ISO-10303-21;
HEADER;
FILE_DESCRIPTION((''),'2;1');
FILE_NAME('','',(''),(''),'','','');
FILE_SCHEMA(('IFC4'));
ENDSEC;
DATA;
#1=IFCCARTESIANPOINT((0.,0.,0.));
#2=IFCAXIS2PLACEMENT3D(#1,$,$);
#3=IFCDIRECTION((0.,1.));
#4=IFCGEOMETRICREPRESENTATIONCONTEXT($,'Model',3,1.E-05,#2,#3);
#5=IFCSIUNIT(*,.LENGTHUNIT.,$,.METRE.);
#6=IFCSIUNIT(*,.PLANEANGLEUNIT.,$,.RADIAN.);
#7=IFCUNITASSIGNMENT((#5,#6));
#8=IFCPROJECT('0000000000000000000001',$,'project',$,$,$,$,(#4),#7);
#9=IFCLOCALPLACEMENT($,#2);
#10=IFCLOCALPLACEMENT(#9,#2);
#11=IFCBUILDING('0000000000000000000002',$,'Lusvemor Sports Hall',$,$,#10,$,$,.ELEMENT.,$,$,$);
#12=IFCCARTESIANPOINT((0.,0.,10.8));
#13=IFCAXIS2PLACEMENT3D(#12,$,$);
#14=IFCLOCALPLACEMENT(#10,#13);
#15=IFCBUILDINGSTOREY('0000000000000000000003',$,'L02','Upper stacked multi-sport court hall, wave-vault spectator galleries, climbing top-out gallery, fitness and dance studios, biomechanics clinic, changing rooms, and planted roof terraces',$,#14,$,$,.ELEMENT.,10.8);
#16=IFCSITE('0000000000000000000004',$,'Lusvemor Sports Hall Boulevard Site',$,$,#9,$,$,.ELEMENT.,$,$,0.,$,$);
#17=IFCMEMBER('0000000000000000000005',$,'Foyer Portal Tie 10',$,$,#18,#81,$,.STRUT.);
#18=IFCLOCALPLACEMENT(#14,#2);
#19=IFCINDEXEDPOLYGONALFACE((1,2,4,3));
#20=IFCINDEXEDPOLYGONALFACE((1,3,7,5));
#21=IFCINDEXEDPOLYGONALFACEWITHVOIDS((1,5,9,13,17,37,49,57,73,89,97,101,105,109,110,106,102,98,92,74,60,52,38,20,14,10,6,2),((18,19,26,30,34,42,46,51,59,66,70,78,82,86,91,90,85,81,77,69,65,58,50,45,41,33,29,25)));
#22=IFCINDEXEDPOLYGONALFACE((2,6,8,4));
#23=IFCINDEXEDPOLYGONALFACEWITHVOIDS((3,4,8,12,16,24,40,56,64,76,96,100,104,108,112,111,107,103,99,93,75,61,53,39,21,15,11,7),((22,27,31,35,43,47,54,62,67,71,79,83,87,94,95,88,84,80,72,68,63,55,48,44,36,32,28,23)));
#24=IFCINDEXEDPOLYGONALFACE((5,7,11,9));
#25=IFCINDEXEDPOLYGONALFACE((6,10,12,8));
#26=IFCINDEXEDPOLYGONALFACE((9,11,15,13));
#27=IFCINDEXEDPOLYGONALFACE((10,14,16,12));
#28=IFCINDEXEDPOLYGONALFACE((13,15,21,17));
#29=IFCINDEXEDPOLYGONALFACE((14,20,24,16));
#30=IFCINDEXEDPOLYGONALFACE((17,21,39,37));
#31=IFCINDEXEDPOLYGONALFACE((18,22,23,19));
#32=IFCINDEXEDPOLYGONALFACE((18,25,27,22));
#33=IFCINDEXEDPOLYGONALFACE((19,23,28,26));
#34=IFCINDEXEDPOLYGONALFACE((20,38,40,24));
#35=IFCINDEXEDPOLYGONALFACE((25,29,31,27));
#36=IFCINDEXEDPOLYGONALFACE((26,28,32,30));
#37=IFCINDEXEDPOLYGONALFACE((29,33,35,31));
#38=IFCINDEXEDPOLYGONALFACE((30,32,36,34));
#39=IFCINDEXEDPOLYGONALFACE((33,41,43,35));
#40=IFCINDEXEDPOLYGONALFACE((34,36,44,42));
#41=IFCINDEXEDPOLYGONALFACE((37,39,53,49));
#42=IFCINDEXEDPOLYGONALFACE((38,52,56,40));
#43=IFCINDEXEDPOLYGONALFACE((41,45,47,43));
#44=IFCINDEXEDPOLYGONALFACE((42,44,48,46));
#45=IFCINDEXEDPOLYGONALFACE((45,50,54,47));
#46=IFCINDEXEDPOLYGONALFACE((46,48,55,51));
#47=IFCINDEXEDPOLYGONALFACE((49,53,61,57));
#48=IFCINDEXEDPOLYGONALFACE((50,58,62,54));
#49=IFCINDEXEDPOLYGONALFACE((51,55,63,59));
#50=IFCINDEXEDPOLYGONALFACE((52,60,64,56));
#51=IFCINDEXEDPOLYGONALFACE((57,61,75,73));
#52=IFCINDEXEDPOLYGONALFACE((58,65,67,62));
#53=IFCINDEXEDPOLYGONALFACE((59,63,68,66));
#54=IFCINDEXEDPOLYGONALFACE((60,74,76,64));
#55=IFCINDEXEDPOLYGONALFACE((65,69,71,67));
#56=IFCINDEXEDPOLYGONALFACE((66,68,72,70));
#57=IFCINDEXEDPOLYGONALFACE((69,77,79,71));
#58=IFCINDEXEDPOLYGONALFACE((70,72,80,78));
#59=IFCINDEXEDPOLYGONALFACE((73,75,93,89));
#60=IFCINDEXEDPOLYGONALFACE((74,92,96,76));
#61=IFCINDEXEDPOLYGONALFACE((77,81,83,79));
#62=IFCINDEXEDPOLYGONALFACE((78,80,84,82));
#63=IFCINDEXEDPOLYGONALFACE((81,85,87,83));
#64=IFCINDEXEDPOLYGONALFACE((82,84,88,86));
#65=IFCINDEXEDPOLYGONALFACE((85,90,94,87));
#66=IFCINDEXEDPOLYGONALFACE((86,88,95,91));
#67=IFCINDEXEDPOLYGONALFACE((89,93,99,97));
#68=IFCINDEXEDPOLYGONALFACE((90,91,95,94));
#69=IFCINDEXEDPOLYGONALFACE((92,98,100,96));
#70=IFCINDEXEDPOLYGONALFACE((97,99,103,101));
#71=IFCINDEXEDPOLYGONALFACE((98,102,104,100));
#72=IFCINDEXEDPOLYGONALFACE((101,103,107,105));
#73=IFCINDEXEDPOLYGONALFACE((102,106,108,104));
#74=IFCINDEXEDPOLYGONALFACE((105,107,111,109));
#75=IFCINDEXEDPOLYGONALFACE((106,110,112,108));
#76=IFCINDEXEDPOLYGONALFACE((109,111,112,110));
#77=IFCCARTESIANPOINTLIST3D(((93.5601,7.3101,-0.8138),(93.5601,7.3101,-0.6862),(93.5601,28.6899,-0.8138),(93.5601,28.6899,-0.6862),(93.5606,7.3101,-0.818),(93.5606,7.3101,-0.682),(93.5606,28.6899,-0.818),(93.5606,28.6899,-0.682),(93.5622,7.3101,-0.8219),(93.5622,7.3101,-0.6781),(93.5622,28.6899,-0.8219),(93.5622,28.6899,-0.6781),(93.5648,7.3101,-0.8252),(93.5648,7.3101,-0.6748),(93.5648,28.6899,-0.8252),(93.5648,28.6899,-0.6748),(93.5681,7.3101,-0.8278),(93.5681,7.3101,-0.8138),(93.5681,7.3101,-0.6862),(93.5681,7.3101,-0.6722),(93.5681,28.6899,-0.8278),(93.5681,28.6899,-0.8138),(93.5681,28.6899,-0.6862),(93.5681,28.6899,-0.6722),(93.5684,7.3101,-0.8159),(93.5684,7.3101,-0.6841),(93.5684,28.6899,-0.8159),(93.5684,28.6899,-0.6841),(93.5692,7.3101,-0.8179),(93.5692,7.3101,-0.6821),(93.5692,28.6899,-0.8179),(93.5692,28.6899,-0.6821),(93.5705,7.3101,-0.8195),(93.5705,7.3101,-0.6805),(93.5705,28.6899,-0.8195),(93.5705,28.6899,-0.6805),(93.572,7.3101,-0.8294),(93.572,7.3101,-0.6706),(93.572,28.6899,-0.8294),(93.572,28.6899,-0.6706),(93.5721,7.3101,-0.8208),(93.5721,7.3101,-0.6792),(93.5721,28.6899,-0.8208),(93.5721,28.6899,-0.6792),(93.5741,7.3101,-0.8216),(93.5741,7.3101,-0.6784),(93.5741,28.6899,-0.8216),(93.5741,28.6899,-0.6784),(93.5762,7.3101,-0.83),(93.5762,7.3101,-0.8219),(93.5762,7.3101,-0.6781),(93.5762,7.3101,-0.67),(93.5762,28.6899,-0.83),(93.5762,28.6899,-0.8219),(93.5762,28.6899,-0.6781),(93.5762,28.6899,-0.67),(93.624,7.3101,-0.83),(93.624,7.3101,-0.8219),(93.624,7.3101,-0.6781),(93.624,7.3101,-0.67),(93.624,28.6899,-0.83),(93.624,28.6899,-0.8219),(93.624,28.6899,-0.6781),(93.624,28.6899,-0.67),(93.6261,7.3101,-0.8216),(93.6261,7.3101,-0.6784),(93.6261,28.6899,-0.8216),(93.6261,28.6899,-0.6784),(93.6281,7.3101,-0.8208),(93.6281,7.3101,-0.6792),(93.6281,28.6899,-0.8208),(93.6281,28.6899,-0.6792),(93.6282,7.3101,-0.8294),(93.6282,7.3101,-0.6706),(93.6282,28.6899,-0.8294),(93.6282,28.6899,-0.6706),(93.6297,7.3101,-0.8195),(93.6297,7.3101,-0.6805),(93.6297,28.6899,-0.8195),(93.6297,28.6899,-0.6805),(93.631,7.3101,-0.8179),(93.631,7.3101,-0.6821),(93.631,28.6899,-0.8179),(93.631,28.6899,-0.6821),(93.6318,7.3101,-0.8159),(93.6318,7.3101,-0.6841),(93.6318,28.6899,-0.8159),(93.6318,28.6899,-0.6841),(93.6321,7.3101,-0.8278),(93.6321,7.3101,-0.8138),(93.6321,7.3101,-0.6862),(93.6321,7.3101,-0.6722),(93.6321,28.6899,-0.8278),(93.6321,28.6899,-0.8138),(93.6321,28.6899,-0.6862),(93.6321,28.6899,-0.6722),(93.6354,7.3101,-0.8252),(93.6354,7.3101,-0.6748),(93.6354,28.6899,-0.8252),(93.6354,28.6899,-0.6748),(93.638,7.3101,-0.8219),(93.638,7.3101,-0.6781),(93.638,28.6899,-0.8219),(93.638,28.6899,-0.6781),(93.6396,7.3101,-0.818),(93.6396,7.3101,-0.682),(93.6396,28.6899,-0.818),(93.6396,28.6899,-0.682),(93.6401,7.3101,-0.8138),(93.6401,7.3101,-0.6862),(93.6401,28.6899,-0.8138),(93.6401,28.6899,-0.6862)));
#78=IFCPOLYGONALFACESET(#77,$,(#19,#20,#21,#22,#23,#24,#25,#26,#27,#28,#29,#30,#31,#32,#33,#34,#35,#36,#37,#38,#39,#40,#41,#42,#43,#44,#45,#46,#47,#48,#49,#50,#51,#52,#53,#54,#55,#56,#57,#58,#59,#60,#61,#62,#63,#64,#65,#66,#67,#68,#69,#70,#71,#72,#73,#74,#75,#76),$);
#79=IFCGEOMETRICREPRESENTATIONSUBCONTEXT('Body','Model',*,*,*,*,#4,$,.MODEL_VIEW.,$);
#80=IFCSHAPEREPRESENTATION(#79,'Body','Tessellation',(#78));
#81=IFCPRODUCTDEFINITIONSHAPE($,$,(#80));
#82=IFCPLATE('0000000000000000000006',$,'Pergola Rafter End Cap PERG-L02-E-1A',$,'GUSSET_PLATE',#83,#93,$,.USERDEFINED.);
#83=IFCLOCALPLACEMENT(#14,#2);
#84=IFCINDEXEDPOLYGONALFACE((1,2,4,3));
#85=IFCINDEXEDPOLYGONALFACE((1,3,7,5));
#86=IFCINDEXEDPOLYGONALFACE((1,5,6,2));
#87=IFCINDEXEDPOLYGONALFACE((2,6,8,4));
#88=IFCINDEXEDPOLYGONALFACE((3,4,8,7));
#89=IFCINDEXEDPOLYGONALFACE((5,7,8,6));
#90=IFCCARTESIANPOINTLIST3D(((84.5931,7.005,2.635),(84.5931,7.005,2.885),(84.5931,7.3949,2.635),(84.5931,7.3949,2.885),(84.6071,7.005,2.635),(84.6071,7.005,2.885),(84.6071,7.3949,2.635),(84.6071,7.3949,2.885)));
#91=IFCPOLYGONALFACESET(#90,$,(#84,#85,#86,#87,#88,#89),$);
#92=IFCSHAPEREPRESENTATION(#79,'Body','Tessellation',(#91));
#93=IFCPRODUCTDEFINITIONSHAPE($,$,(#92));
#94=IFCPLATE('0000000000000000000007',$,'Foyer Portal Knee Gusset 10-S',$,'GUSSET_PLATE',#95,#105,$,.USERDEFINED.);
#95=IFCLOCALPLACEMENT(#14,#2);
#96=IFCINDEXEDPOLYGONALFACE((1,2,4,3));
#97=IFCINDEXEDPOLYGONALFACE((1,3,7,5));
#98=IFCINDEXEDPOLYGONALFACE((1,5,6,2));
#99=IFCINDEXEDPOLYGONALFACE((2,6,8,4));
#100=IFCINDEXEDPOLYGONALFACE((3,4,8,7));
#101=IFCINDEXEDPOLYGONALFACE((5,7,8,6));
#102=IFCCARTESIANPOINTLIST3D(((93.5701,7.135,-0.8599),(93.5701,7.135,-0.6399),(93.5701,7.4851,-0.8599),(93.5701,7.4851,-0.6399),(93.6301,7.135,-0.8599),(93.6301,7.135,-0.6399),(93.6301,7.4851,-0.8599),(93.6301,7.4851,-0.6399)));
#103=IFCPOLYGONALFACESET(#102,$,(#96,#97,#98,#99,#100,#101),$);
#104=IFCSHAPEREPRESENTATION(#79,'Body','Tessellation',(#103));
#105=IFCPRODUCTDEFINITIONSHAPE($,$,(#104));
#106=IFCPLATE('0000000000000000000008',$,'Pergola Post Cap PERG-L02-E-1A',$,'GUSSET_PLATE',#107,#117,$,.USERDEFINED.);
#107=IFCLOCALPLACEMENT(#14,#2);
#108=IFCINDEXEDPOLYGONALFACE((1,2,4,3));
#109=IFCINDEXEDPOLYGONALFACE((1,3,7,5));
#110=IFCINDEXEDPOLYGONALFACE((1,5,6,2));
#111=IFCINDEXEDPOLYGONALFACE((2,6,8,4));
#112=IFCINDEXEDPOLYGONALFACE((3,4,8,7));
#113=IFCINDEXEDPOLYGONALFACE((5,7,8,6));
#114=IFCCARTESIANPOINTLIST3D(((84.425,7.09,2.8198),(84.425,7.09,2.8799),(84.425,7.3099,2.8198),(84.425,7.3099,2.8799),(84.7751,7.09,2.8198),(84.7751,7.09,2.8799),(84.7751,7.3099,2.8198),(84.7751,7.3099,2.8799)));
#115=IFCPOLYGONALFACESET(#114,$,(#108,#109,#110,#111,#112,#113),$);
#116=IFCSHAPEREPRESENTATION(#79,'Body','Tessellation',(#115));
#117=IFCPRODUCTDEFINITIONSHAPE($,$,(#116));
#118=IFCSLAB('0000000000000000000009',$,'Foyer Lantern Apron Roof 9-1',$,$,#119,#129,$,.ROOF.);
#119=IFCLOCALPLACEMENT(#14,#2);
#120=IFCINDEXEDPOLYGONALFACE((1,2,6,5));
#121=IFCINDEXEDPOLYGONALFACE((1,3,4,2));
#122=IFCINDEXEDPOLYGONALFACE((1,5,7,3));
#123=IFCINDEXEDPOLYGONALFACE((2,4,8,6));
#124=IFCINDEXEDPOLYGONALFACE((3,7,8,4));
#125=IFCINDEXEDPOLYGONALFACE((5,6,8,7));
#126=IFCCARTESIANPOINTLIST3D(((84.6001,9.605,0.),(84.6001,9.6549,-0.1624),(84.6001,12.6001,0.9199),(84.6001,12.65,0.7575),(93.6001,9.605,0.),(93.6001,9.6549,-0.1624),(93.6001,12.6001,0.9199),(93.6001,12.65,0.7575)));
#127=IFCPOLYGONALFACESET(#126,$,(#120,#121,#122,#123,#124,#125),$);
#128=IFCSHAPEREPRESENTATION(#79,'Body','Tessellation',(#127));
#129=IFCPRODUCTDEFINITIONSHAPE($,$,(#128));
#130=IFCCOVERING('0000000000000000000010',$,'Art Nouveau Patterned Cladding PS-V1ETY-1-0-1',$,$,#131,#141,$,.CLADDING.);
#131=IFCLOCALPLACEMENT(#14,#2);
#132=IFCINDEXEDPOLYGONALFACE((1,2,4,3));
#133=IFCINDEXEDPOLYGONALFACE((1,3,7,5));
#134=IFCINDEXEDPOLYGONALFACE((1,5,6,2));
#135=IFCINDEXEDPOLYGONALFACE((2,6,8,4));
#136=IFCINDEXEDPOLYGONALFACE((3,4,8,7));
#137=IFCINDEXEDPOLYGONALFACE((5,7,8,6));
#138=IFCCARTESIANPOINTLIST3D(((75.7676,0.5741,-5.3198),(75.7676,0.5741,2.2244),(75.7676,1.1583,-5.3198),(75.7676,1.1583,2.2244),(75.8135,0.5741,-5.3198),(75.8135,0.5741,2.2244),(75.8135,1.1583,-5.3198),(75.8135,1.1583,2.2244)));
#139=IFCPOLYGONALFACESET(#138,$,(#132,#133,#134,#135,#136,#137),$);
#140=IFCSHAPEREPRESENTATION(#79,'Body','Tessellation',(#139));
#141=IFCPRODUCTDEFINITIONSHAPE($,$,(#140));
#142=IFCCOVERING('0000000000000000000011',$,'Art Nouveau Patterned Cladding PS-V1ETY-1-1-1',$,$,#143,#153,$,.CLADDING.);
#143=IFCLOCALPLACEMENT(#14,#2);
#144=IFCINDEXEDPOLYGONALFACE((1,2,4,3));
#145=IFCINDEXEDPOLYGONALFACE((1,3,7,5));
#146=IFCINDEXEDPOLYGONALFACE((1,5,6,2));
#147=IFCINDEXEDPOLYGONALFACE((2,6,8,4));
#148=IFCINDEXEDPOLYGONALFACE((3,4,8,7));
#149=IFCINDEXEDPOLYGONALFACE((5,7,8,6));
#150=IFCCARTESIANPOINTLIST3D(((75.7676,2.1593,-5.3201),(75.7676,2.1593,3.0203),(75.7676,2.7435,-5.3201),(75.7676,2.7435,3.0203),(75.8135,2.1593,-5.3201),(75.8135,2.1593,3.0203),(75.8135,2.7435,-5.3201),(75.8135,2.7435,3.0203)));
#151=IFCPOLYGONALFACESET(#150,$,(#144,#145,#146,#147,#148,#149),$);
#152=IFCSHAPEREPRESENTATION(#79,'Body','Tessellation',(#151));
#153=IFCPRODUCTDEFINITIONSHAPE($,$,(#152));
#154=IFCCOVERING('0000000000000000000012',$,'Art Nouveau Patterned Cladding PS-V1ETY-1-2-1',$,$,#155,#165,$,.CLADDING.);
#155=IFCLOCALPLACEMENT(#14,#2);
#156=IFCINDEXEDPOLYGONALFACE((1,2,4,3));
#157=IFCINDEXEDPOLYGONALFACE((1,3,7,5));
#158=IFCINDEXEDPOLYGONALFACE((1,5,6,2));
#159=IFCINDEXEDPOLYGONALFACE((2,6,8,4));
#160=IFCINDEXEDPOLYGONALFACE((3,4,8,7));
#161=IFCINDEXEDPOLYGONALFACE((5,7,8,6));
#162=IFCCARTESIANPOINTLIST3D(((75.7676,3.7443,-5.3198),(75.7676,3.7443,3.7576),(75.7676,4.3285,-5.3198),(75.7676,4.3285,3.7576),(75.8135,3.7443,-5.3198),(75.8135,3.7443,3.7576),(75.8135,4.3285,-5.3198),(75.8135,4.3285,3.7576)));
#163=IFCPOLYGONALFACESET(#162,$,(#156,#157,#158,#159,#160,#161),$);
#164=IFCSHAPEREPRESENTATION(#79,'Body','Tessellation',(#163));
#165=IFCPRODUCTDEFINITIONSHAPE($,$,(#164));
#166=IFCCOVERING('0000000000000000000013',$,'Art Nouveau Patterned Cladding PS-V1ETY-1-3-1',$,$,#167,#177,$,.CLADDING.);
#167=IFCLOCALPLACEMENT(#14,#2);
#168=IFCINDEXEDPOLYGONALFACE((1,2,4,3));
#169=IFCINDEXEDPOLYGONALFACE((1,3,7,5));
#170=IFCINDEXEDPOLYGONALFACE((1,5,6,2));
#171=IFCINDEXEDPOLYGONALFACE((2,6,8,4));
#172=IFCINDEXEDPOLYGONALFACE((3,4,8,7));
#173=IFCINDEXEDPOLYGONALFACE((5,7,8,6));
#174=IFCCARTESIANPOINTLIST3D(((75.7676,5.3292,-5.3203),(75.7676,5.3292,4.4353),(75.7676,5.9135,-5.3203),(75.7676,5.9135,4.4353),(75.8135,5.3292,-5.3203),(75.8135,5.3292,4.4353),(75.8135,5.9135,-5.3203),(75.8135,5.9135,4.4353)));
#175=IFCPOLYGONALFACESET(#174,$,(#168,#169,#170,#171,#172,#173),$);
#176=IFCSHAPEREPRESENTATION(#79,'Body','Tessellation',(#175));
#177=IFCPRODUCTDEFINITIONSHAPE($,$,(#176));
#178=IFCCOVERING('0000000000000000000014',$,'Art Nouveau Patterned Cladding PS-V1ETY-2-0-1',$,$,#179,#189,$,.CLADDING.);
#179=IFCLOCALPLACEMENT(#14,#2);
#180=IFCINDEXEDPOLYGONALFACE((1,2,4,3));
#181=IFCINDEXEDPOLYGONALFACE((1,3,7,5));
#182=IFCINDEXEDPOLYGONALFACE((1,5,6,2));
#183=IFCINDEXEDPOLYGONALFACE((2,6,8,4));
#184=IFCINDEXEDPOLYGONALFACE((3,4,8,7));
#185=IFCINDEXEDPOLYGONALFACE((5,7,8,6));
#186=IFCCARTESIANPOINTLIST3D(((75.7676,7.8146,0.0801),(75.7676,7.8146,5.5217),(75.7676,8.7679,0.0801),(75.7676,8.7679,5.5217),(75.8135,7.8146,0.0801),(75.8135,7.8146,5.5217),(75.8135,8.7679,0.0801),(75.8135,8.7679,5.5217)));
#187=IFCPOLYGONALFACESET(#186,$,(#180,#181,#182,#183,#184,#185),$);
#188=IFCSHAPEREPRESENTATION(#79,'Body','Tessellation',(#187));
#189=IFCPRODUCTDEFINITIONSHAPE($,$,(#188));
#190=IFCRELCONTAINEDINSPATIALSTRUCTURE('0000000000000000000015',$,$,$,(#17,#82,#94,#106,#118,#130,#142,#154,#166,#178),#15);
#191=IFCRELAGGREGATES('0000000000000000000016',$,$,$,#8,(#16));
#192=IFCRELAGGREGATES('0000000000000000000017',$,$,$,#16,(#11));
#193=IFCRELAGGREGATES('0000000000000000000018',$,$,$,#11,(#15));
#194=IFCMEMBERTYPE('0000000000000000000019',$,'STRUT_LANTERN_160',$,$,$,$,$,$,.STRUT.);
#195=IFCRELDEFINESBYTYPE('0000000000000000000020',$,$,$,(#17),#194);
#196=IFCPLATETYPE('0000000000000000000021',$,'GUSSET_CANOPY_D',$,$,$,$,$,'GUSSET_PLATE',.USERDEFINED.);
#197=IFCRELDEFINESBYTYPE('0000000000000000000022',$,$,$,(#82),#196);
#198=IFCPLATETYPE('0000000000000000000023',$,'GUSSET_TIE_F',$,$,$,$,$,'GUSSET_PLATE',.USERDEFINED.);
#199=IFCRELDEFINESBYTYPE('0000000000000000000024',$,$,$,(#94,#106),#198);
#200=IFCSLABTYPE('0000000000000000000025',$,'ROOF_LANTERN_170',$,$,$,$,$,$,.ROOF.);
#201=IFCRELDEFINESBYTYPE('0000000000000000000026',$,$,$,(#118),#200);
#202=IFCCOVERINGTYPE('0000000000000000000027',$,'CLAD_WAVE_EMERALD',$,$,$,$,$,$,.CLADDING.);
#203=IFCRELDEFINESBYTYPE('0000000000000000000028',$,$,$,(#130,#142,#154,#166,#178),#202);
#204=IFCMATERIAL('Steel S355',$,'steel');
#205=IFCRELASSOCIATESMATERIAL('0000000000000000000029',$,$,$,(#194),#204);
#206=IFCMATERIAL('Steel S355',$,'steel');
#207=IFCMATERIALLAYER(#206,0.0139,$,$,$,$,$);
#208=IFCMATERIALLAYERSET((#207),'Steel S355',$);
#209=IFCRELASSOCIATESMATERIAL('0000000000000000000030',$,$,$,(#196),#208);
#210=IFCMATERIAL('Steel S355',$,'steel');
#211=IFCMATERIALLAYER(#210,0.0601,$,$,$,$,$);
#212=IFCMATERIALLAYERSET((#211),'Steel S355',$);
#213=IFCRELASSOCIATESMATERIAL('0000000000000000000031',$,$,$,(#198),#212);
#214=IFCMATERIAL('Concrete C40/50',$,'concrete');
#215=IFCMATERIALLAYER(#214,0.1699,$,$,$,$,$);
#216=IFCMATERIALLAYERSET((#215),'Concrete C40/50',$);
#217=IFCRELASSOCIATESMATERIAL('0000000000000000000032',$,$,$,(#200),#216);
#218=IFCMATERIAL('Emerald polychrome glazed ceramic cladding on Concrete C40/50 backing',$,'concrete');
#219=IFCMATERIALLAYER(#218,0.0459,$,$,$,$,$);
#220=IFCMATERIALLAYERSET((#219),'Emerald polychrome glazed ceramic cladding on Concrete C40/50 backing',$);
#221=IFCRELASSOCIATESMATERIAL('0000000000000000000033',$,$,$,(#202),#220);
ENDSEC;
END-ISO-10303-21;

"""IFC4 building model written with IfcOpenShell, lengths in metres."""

from ifc_helpers import new_model, si_unit, direction, frame, origin, origin_2d, place, context, subcontext, project, spatial, polyline, rectangle, hollow_rectangle, outline, extrude, material, layer, layer_set, material_profile, profile_set, type_object, element, save


model = new_model("IFC4")

# Units and contexts
model_context = context("Model", 3, precision=1e-05, world=origin(), true_north=direction((0.0, 1.0)))
body_context = subcontext(model_context, "Body", "Model", "MODEL_VIEW")
ifc_project = project(units=[si_unit("LENGTHUNIT", "METRE"), si_unit("PLANEANGLEUNIT", "RADIAN")], contexts=[model_context])

# Site, building, storey
site_placement = place(None, origin())
site = spatial("IfcSite", under=ifc_project, at=site_placement, Name="Lusvemor Sports Hall Boulevard Site", CompositionType="ELEMENT", RefElevation=0.0)
building_placement = place(site_placement, origin())
building = spatial("IfcBuilding", under=site, at=building_placement, Name="Lusvemor Sports Hall", CompositionType="ELEMENT")
storey_placement = place(building_placement, frame((0.0, 0.0, 10.8)))
storey = spatial("IfcBuildingStorey", under=building, at=storey_placement, Name="L02", Description="Upper stacked multi-sport court hall, wave-vault spectator galleries, climbing top-out gallery, fitness and dance studios, biomechanics clinic, changing rooms, and planted roof terraces", CompositionType="ELEMENT", Elevation=10.8)

# Member
ifc_material_1 = material(Name="Steel S355", Category="steel")
ifc_material_profile_1 = material_profile(ifc_material_1, hollow_rectangle(XDim=0.0801, YDim=0.1599, WallThickness=0.0081, InnerFilletRadius=0.0081, OuterFilletRadius=0.0161, at=origin_2d()), Name="RHS160x80x8")
ifc_profile_set_1 = profile_set([ifc_material_profile_1], Name="Steel S355")
member_type_1 = type_object("IfcMemberType", Name="STRUT_LANTERN_160", PredefinedType="STRUT", material=ifc_profile_set_1)
member_1_placement = place(storey_placement, frame((93.6001, 7.3101, -0.75), z_axis=(0.0, 1.0, 0.0), x_axis=(-1.0, 0.0, 0.0)))
element("IfcMember", 1, at=member_1_placement, inside=storey, type_object=member_type_1, Name="Foyer Portal Tie 10", PredefinedType="STRUT", context=body_context, shape_type="SweptSolid", body=[
    extrude(hollow_rectangle(XDim=0.0801, YDim=0.1599, WallThickness=0.0081, InnerFilletRadius=0.0081, OuterFilletRadius=0.0161, at=origin_2d()), origin(), (0.0, 0.0, 1.0), 21.3799),
])

# Plates
ifc_material_2 = material(Name="Steel S355", Category="steel")
ifc_layer_1 = layer(ifc_material_2, 0.0139)
ifc_layer_set_1 = layer_set([ifc_layer_1], Name="Steel S355")
plate_type_1 = type_object("IfcPlateType", Name="GUSSET_CANOPY_D", ElementType="GUSSET_PLATE", PredefinedType="USERDEFINED", material=ifc_layer_set_1)
plate_1_placement = place(storey_placement, frame((84.6001, 7.2, 2.635), z_axis=(0.0, 0.0, 1.0), x_axis=(1.0, 0.0, 0.0)))
element("IfcPlate", 2, at=plate_1_placement, inside=storey, type_object=plate_type_1, Name="Pergola Rafter End Cap PERG-L02-E-1A", ObjectType="GUSSET_PLATE", PredefinedType="USERDEFINED", context=body_context, shape_type="SweptSolid", body=[
    extrude(rectangle(XDim=0.0139, YDim=0.3899, at=origin_2d()), origin(), (0.0, 0.0, 1.0), 0.25),
])
ifc_material_3 = material(Name="Steel S355", Category="steel")
ifc_layer_2 = layer(ifc_material_3, 0.0601)
ifc_layer_set_2 = layer_set([ifc_layer_2], Name="Steel S355")
plate_type_2 = type_object("IfcPlateType", Name="GUSSET_TIE_F", ElementType="GUSSET_PLATE", PredefinedType="USERDEFINED", material=ifc_layer_set_2)
plate_2_placement = place(storey_placement, frame((93.6001, 7.3101, -0.8599), z_axis=(0.0, 0.0, 1.0), x_axis=(1.0, 0.0, 0.0)))
element("IfcPlate", 3, at=plate_2_placement, inside=storey, type_object=plate_type_2, Name="Foyer Portal Knee Gusset 10-S", ObjectType="GUSSET_PLATE", PredefinedType="USERDEFINED", context=body_context, shape_type="SweptSolid", body=[
    extrude(rectangle(XDim=0.0601, YDim=0.3501, at=origin_2d()), origin(), (0.0, 0.0, 1.0), 0.22),
])
plate_3_placement = place(storey_placement, frame((84.6001, 7.2, 2.8198), z_axis=(0.0, 0.0, 1.0), x_axis=(1.0, 0.0, 0.0)))
element("IfcPlate", 4, at=plate_3_placement, inside=storey, type_object=plate_type_2, Name="Pergola Post Cap PERG-L02-E-1A", ObjectType="GUSSET_PLATE", PredefinedType="USERDEFINED", context=body_context, shape_type="SweptSolid", body=[
    extrude(rectangle(XDim=0.3501, YDim=0.22, at=origin_2d()), origin(), (0.0, 0.0, 1.0), 0.0601),
])

# Slab
ifc_material_4 = material(Name="Concrete C40/50", Category="concrete")
ifc_layer_3 = layer(ifc_material_4, 0.1699)
ifc_layer_set_3 = layer_set([ifc_layer_3], Name="Concrete C40/50")
slab_type = type_object("IfcSlabType", Name="ROOF_LANTERN_170", PredefinedType="ROOF", material=ifc_layer_set_3)
slab_placement = place(storey_placement, frame((84.6001, 9.605, 0.0), z_axis=(0.0, -0.293604, 0.955927), x_axis=(1.0, 0.0, 0.0)))
element("IfcSlab", 5, at=slab_placement, inside=storey, type_object=slab_type, Name="Foyer Lantern Apron Roof 9-1", PredefinedType="ROOF", context=body_context, shape_type="SweptSolid", body=[
    extrude(outline(polyline([(0.0, 0.0), (9.0, 0.0), (9.0, 3.1332), (0.0, 3.1332), (0.0, 0.0)])), origin(), (0.0, 0.0, -1.0), 0.1699),
])

# Coverings
ifc_material_5 = material(Name="Emerald polychrome glazed ceramic cladding on Concrete C40/50 backing", Category="concrete")
ifc_layer_4 = layer(ifc_material_5, 0.0459)
ifc_layer_set_4 = layer_set([ifc_layer_4], Name="Emerald polychrome glazed ceramic cladding on Concrete C40/50 backing")
covering_type_1 = type_object("IfcCoveringType", Name="CLAD_WAVE_EMERALD", PredefinedType="CLADDING", material=ifc_layer_set_4)
covering_1_placement = place(storey_placement, frame((75.7905, 0.8662, -5.3198), z_axis=(0.0, 0.0, 1.0), x_axis=(1.0, 0.0, 0.0)))
element("IfcCovering", 6, at=covering_1_placement, inside=storey, type_object=covering_type_1, Name="Art Nouveau Patterned Cladding PS-V1ETY-1-0-1", PredefinedType="CLADDING", context=body_context, shape_type="SweptSolid", body=[
    extrude(rectangle(XDim=0.0459, YDim=0.5842, at=origin_2d()), origin(), (0.0, 0.0, 1.0), 7.5442),
])
covering_2_placement = place(storey_placement, frame((75.7905, 2.4514, -5.3201), z_axis=(0.0, 0.0, 1.0), x_axis=(1.0, 0.0, 0.0)))
element("IfcCovering", 7, at=covering_2_placement, inside=storey, type_object=covering_type_1, Name="Art Nouveau Patterned Cladding PS-V1ETY-1-1-1", PredefinedType="CLADDING", context=body_context, shape_type="SweptSolid", body=[
    extrude(rectangle(XDim=0.0459, YDim=0.5842, at=origin_2d()), origin(), (0.0, 0.0, 1.0), 8.3403),
])
covering_3_placement = place(storey_placement, frame((75.7905, 4.0364, -5.3198), z_axis=(0.0, 0.0, 1.0), x_axis=(1.0, 0.0, 0.0)))
element("IfcCovering", 8, at=covering_3_placement, inside=storey, type_object=covering_type_1, Name="Art Nouveau Patterned Cladding PS-V1ETY-1-2-1", PredefinedType="CLADDING", context=body_context, shape_type="SweptSolid", body=[
    extrude(rectangle(XDim=0.0459, YDim=0.5842, at=origin_2d()), origin(), (0.0, 0.0, 1.0), 9.0774),
])
covering_4_placement = place(storey_placement, frame((75.7905, 5.6213, -5.3203), z_axis=(0.0, 0.0, 1.0), x_axis=(1.0, 0.0, 0.0)))
element("IfcCovering", 9, at=covering_4_placement, inside=storey, type_object=covering_type_1, Name="Art Nouveau Patterned Cladding PS-V1ETY-1-3-1", PredefinedType="CLADDING", context=body_context, shape_type="SweptSolid", body=[
    extrude(rectangle(XDim=0.0459, YDim=0.5842, at=origin_2d()), origin(), (0.0, 0.0, 1.0), 9.7556),
])
covering_5_placement = place(storey_placement, frame((75.7905, 8.2913, 0.0801), z_axis=(0.0, 0.0, 1.0), x_axis=(1.0, 0.0, 0.0)))
element("IfcCovering", 10, at=covering_5_placement, inside=storey, type_object=covering_type_1, Name="Art Nouveau Patterned Cladding PS-V1ETY-2-0-1", PredefinedType="CLADDING", context=body_context, shape_type="SweptSolid", body=[
    extrude(rectangle(XDim=0.0459, YDim=0.9534, at=origin_2d()), origin(), (0.0, 0.0, 1.0), 5.4417),
])

save(model, "model.ifc")
